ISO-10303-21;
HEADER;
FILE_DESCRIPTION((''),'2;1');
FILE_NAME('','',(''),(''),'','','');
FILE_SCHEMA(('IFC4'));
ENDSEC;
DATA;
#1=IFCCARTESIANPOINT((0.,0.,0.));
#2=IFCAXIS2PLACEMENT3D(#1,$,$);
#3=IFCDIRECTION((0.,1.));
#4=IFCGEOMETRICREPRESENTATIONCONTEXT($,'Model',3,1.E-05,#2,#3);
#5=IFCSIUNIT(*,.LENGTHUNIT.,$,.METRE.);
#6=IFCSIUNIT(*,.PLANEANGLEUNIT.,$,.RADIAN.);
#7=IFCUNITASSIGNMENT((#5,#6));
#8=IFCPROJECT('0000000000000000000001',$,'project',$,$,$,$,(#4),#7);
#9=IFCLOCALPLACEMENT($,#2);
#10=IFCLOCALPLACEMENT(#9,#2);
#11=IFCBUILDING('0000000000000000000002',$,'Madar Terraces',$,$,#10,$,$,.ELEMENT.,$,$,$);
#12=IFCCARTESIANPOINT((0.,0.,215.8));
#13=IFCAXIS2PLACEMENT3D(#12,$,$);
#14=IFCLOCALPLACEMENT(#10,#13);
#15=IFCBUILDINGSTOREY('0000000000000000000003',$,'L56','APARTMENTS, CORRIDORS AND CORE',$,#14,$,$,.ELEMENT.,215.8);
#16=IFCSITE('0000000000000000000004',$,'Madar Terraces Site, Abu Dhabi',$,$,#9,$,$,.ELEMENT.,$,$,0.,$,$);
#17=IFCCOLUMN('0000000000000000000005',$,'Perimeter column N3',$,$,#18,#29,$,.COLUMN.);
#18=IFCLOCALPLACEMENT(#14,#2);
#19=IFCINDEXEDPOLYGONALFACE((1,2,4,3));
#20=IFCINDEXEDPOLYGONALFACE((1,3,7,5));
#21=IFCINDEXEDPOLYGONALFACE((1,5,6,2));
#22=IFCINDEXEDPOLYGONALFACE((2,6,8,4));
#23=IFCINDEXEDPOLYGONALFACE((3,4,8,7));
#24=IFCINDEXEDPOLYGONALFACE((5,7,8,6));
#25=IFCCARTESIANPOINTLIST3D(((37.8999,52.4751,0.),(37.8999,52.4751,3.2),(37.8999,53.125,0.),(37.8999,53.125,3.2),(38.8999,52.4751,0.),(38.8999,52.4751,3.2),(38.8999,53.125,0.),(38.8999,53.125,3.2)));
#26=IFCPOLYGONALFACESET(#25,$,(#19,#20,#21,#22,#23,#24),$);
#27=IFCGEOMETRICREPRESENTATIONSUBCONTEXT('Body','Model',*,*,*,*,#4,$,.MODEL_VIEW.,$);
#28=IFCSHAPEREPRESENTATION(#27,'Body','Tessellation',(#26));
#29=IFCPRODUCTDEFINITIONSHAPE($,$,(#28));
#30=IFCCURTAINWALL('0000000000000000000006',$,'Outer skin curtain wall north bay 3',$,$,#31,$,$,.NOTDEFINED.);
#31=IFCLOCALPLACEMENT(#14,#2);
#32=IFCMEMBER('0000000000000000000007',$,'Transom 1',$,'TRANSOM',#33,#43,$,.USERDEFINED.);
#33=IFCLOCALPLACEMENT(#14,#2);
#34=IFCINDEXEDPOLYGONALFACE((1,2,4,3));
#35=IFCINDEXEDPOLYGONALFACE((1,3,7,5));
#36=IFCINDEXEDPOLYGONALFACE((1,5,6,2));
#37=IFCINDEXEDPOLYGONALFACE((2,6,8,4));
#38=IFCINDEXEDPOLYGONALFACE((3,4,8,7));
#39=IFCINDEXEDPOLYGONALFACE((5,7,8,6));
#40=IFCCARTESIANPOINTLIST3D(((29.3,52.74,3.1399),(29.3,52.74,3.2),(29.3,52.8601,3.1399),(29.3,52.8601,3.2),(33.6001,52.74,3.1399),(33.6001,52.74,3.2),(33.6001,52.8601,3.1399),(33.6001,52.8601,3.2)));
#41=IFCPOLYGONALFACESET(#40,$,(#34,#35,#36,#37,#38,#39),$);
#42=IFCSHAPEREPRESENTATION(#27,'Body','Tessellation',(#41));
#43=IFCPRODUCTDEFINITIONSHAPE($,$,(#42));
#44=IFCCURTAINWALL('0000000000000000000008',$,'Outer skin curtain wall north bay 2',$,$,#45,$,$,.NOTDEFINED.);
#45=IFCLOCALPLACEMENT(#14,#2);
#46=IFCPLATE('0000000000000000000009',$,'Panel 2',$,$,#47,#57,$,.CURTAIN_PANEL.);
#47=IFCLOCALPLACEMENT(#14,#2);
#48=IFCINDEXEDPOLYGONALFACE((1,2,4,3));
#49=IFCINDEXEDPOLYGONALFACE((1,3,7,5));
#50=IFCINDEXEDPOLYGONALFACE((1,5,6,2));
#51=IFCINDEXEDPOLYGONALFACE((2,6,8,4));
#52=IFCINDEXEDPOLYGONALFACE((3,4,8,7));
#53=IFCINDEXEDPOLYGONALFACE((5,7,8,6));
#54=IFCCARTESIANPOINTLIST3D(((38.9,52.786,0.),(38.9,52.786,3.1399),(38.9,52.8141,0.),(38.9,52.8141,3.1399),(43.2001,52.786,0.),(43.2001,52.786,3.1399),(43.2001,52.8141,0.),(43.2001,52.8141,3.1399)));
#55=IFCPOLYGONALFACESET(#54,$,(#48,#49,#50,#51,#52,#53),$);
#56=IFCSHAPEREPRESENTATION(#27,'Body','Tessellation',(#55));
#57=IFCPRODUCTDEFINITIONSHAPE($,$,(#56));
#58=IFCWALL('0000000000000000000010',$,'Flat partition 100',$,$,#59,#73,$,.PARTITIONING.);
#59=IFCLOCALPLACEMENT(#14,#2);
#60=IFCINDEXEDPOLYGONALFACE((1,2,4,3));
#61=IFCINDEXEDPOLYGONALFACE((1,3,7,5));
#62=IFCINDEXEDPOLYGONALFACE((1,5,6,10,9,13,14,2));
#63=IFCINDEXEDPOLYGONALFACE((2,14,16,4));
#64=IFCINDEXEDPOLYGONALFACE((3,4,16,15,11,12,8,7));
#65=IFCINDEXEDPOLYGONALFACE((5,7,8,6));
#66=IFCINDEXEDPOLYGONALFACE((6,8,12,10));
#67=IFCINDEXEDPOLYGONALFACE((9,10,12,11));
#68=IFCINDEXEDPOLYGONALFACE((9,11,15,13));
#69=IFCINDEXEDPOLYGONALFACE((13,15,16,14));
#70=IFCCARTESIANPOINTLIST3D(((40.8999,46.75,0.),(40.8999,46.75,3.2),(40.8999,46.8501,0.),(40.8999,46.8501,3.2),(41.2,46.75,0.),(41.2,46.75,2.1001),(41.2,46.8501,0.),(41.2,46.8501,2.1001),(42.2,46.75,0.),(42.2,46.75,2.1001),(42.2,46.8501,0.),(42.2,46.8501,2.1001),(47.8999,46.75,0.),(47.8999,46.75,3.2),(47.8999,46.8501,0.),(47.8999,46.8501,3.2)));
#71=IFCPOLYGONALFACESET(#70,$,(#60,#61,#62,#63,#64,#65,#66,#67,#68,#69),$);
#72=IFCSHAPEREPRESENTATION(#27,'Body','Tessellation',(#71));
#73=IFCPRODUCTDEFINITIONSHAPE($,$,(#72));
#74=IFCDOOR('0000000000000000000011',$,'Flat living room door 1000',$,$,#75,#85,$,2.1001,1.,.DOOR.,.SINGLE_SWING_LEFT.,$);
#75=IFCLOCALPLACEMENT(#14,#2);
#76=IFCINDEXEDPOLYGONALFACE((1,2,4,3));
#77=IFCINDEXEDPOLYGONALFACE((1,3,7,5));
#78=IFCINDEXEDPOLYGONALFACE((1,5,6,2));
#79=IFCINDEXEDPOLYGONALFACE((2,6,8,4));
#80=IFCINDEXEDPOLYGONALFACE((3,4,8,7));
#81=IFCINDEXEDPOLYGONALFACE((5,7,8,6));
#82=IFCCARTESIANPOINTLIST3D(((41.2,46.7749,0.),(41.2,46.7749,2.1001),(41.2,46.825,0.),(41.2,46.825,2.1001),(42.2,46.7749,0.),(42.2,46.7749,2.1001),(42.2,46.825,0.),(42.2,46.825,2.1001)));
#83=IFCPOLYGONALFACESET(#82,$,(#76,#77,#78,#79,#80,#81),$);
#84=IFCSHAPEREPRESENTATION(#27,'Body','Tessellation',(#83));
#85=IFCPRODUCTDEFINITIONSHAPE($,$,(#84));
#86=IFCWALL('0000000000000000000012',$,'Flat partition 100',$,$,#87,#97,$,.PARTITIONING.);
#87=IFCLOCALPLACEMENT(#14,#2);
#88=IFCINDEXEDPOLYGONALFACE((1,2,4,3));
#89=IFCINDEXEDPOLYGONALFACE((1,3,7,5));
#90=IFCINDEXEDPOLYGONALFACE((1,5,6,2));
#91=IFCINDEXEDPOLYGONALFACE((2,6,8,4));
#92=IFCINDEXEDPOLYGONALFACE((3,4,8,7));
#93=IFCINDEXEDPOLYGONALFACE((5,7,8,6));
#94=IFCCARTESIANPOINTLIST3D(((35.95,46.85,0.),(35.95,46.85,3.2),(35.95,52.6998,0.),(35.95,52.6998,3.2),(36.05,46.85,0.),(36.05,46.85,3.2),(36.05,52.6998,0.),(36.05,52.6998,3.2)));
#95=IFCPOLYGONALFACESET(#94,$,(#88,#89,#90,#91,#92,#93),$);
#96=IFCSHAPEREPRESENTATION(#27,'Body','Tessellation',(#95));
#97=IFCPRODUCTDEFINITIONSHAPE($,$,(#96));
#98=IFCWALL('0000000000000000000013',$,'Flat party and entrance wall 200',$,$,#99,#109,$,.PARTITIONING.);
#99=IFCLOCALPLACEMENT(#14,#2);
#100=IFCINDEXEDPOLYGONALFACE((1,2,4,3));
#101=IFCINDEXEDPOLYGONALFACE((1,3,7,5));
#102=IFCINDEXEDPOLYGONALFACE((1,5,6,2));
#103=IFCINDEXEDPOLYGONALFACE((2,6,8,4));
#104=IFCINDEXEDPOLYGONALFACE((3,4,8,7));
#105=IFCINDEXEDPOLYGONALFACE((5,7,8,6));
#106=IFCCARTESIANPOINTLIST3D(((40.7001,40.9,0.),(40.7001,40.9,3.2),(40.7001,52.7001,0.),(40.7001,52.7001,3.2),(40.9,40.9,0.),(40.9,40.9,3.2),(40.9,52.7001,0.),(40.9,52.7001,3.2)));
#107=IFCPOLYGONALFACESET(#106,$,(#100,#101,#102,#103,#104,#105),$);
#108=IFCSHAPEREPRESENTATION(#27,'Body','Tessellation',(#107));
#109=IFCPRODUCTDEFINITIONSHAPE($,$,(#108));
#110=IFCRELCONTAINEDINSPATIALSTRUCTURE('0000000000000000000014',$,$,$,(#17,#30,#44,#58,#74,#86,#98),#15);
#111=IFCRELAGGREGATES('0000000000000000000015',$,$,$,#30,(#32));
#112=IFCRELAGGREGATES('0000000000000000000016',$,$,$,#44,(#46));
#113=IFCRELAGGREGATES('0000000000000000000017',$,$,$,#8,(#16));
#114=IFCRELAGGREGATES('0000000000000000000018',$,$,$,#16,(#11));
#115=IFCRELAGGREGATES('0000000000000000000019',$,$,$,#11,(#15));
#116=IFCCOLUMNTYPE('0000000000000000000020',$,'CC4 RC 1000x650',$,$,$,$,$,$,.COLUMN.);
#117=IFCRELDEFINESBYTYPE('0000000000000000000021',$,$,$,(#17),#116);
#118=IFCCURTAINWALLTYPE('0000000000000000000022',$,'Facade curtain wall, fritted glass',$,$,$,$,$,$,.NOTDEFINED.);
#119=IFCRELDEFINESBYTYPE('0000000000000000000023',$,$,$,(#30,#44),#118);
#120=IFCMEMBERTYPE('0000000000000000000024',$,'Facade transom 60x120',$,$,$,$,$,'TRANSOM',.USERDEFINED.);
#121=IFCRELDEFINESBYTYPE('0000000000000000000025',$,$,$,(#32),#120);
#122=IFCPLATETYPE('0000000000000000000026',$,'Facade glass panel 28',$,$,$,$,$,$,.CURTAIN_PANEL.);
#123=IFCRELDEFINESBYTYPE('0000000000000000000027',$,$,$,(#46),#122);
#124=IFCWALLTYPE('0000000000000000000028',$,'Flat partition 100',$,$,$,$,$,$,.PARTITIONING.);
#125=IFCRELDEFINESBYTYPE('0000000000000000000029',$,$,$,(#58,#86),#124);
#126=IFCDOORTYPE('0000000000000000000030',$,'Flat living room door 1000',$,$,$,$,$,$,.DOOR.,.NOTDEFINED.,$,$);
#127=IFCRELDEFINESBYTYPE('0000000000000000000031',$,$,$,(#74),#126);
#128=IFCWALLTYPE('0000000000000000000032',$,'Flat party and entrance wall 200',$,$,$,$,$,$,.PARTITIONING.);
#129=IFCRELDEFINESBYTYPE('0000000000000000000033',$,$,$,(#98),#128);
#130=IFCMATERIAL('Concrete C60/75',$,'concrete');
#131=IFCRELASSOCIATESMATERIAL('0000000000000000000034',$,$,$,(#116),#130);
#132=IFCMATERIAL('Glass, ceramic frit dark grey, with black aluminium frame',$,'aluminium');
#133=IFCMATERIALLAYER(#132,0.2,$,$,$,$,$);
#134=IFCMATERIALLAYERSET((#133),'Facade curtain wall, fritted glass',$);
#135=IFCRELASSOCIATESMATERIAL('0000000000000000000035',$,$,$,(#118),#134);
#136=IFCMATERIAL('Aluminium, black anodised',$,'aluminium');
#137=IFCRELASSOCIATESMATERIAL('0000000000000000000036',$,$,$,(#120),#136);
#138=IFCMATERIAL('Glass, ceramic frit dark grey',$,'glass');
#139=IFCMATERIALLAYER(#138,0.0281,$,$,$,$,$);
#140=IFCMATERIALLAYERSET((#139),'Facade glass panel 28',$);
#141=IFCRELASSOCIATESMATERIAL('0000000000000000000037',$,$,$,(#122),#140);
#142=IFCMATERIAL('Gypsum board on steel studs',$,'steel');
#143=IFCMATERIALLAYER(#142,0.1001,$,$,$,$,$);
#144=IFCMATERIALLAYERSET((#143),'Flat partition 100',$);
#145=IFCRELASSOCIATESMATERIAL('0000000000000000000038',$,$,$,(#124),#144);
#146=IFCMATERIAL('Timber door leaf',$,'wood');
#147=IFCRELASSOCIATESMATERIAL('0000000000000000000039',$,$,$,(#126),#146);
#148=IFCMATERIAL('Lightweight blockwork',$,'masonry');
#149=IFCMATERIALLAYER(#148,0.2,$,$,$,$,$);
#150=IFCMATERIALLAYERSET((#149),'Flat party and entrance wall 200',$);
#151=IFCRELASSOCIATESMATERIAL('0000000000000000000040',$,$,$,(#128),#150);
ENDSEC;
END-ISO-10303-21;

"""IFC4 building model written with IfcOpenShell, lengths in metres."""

from ifc_helpers import new_model, si_unit, direction, frame, frame_2d, origin, origin_2d, place, context, subcontext, project, spatial, rectangle, extrude, material, layer, layer_set, material_profile, profile_set, type_object, element, fill, aggregate, save


model = new_model("IFC4")

# Units and contexts
model_context = context("Model", 3, precision=1e-05, world=origin(), true_north=direction((0.0, 1.0)))
body_context = subcontext(model_context, "Body", "Model", "MODEL_VIEW")
ifc_project = project(units=[si_unit("LENGTHUNIT", "METRE"), si_unit("PLANEANGLEUNIT", "RADIAN")], contexts=[model_context])

# Site, building, storey
site_placement = place(None, origin())
site = spatial("IfcSite", under=ifc_project, at=site_placement, Name="Madar Terraces Site, Abu Dhabi", CompositionType="ELEMENT", RefElevation=0.0)
building_placement = place(site_placement, origin())
building = spatial("IfcBuilding", under=site, at=building_placement, Name="Madar Terraces", CompositionType="ELEMENT")
storey_placement = place(building_placement, frame((0.0, 0.0, 215.8)))
storey = spatial("IfcBuildingStorey", under=building, at=storey_placement, Name="L56", Description="APARTMENTS, CORRIDORS AND CORE", CompositionType="ELEMENT", Elevation=215.8)

# Column
ifc_material_1 = material(Name="Concrete C60/75", Category="concrete")
ifc_material_profile_1 = material_profile(ifc_material_1, rectangle(XDim=1.0, YDim=0.6499, at=origin_2d()), Name="CC4 RC 1000x650")
ifc_profile_set_1 = profile_set([ifc_material_profile_1], Name="Concrete C60/75")
column_type = type_object("IfcColumnType", Name="CC4 RC 1000x650", PredefinedType="COLUMN", material=ifc_profile_set_1)
column_placement = place(storey_placement, frame((38.3999, 52.8, 0.0), z_axis=(0.0, 0.0, 1.0), x_axis=(1.0, 0.0, 0.0)))
element("IfcColumn", 1, at=column_placement, inside=storey, type_object=column_type, Name="Perimeter column N3", PredefinedType="COLUMN", context=body_context, shape_type="SweptSolid", body=[
    extrude(rectangle(XDim=1.0, YDim=0.6499, at=origin_2d()), origin(), (0.0, 0.0, 1.0), 3.2),
])

# Curtain wall, member
ifc_material_2 = material(Name="Glass, ceramic frit dark grey, with black aluminium frame", Category="aluminium")
ifc_layer_1 = layer(ifc_material_2, 0.2)
ifc_layer_set_1 = layer_set([ifc_layer_1], Name="Facade curtain wall, fritted glass")
curtain_wall_type = type_object("IfcCurtainWallType", Name="Facade curtain wall, fritted glass", PredefinedType="NOTDEFINED", material=ifc_layer_set_1)
curtain_wall_1_placement = place(storey_placement, origin())
curtain_wall_1 = element("IfcCurtainWall", 2, at=curtain_wall_1_placement, inside=storey, type_object=curtain_wall_type, Name="Outer skin curtain wall north bay 3", PredefinedType="NOTDEFINED")
ifc_material_3 = material(Name="Aluminium, black anodised", Category="aluminium")
ifc_material_profile_2 = material_profile(ifc_material_3, rectangle(XDim=0.1201, YDim=0.0601, at=origin_2d()), Name="Facade transom 60x120")
ifc_profile_set_2 = profile_set([ifc_material_profile_2], Name="Aluminium, black anodised")
member_type = type_object("IfcMemberType", Name="Facade transom 60x120", ElementType="TRANSOM", PredefinedType="USERDEFINED", material=ifc_profile_set_2)
member_placement = place(storey_placement, frame((33.6001, 52.8, 3.1699), z_axis=(-1.0, 0.0, 0.0), x_axis=(0.0, -1.0, 0.0)))
member = element("IfcMember", 3, at=member_placement, type_object=member_type, Name="Transom 1", ObjectType="TRANSOM", PredefinedType="USERDEFINED", context=body_context, shape_type="SweptSolid", body=[
    extrude(rectangle(XDim=0.1201, YDim=0.0601, at=origin_2d()), origin(), (0.0, 0.0, 1.0), 4.3),
])
aggregate(curtain_wall_1, [member])

# Curtain wall, plate
curtain_wall_2_placement = place(storey_placement, origin())
curtain_wall_2 = element("IfcCurtainWall", 4, at=curtain_wall_2_placement, inside=storey, type_object=curtain_wall_type, Name="Outer skin curtain wall north bay 2", PredefinedType="NOTDEFINED")
ifc_material_4 = material(Name="Glass, ceramic frit dark grey", Category="glass")
ifc_layer_2 = layer(ifc_material_4, 0.0281)
ifc_layer_set_2 = layer_set([ifc_layer_2], Name="Facade glass panel 28")
plate_type = type_object("IfcPlateType", Name="Facade glass panel 28", PredefinedType="CURTAIN_PANEL", material=ifc_layer_set_2)
plate_placement = place(storey_placement, frame((41.05, 52.8, 0.0), z_axis=(0.0, 0.0, 1.0), x_axis=(-1.0, 0.0, 0.0)))
plate = element("IfcPlate", 5, at=plate_placement, type_object=plate_type, Name="Panel 2", PredefinedType="CURTAIN_PANEL", context=body_context, shape_type="SweptSolid", body=[
    extrude(rectangle(XDim=4.3, YDim=0.0281, at=origin_2d()), origin(), (0.0, 0.0, 1.0), 3.1399),
])
aggregate(curtain_wall_2, [plate])

# Wall, opening, door
ifc_material_5 = material(Name="Gypsum board on steel studs", Category="steel")
ifc_layer_3 = layer(ifc_material_5, 0.1001)
ifc_layer_set_3 = layer_set([ifc_layer_3], Name="Flat partition 100")
wall_type_1 = type_object("IfcWallType", Name="Flat partition 100", PredefinedType="PARTITIONING", material=ifc_layer_set_3)
wall_1_placement = place(storey_placement, frame((40.8999, 46.8, 0.0), z_axis=(0.0, 0.0, 1.0), x_axis=(1.0, 0.0, 0.0)))
wall_1 = element("IfcWall", 6, at=wall_1_placement, inside=storey, type_object=wall_type_1, Name="Flat partition 100", PredefinedType="PARTITIONING", context=body_context, shape_type="SweptSolid", body=[
    extrude(rectangle(XDim=7.0, YDim=0.1001, at=frame_2d((3.5, 0.0))), origin(), (0.0, 0.0, 1.0), 3.2),
])
opening_1_placement = place(wall_1_placement, frame((0.3, 0.0, 0.0)))
opening_1 = element("IfcOpeningElement", 7, at=opening_1_placement, cuts=wall_1, PredefinedType="OPENING", context=body_context, shape_type="SweptSolid", body=[
    extrude(rectangle(XDim=1.0, YDim=2.1001, at=frame_2d((0.5, 1.05))), frame((0.0, 0.0601, 0.0), z_axis=(0.0, -1.0, 0.0), x_axis=(1.0, 0.0, 0.0)), (0.0, 0.0, 1.0), 0.1201),
])
ifc_material_6 = material(Name="Timber door leaf", Category="wood")
door_type_1 = type_object("IfcDoorType", Name="Flat living room door 1000", OperationType="NOTDEFINED", PredefinedType="DOOR", material=ifc_material_6)
door_1_placement = place(opening_1_placement, origin())
door_1 = element("IfcDoor", 8, at=door_1_placement, inside=storey, type_object=door_type_1, Name="Flat living room door 1000", OperationType="SINGLE_SWING_LEFT", OverallHeight=2.1001, OverallWidth=1.0, PredefinedType="DOOR", context=body_context, shape_type="SweptSolid", body=[
    extrude(rectangle(XDim=1.0, YDim=2.1001, at=frame_2d((0.5, 1.05))), frame((0.0, 0.0249, 0.0), z_axis=(0.0, -1.0, 0.0), x_axis=(1.0, 0.0, 0.0)), (0.0, 0.0, 1.0), 0.05),
])
fill(opening_1, door_1)

# Walls
wall_2_placement = place(storey_placement, frame((36.0, 46.8501, 0.0), z_axis=(0.0, 0.0, 1.0), x_axis=(0.0, 1.0, 0.0)))
element("IfcWall", 9, at=wall_2_placement, inside=storey, type_object=wall_type_1, Name="Flat partition 100", PredefinedType="PARTITIONING", context=body_context, shape_type="SweptSolid", body=[
    extrude(rectangle(XDim=5.8499, YDim=0.1001, at=frame_2d((2.9248, 0.0))), origin(), (0.0, 0.0, 1.0), 3.2),
])
ifc_material_7 = material(Name="Lightweight blockwork", Category="masonry")
ifc_layer_4 = layer(ifc_material_7, 0.2)
ifc_layer_set_4 = layer_set([ifc_layer_4], Name="Flat party and entrance wall 200")
wall_type_2 = type_object("IfcWallType", Name="Flat party and entrance wall 200", PredefinedType="PARTITIONING", material=ifc_layer_set_4)
wall_3_placement = place(storey_placement, frame((40.8, 52.7, 0.0), z_axis=(0.0, 0.0, 1.0), x_axis=(0.0, -1.0, 0.0)))
element("IfcWall", 10, at=wall_3_placement, inside=storey, type_object=wall_type_2, Name="Flat party and entrance wall 200", PredefinedType="PARTITIONING", context=body_context, shape_type="SweptSolid", body=[
    extrude(rectangle(XDim=11.8, YDim=0.2, at=frame_2d((5.8999, 0.0))), origin(), (0.0, 0.0, 1.0), 3.2),
])

save(model, "model.ifc")
